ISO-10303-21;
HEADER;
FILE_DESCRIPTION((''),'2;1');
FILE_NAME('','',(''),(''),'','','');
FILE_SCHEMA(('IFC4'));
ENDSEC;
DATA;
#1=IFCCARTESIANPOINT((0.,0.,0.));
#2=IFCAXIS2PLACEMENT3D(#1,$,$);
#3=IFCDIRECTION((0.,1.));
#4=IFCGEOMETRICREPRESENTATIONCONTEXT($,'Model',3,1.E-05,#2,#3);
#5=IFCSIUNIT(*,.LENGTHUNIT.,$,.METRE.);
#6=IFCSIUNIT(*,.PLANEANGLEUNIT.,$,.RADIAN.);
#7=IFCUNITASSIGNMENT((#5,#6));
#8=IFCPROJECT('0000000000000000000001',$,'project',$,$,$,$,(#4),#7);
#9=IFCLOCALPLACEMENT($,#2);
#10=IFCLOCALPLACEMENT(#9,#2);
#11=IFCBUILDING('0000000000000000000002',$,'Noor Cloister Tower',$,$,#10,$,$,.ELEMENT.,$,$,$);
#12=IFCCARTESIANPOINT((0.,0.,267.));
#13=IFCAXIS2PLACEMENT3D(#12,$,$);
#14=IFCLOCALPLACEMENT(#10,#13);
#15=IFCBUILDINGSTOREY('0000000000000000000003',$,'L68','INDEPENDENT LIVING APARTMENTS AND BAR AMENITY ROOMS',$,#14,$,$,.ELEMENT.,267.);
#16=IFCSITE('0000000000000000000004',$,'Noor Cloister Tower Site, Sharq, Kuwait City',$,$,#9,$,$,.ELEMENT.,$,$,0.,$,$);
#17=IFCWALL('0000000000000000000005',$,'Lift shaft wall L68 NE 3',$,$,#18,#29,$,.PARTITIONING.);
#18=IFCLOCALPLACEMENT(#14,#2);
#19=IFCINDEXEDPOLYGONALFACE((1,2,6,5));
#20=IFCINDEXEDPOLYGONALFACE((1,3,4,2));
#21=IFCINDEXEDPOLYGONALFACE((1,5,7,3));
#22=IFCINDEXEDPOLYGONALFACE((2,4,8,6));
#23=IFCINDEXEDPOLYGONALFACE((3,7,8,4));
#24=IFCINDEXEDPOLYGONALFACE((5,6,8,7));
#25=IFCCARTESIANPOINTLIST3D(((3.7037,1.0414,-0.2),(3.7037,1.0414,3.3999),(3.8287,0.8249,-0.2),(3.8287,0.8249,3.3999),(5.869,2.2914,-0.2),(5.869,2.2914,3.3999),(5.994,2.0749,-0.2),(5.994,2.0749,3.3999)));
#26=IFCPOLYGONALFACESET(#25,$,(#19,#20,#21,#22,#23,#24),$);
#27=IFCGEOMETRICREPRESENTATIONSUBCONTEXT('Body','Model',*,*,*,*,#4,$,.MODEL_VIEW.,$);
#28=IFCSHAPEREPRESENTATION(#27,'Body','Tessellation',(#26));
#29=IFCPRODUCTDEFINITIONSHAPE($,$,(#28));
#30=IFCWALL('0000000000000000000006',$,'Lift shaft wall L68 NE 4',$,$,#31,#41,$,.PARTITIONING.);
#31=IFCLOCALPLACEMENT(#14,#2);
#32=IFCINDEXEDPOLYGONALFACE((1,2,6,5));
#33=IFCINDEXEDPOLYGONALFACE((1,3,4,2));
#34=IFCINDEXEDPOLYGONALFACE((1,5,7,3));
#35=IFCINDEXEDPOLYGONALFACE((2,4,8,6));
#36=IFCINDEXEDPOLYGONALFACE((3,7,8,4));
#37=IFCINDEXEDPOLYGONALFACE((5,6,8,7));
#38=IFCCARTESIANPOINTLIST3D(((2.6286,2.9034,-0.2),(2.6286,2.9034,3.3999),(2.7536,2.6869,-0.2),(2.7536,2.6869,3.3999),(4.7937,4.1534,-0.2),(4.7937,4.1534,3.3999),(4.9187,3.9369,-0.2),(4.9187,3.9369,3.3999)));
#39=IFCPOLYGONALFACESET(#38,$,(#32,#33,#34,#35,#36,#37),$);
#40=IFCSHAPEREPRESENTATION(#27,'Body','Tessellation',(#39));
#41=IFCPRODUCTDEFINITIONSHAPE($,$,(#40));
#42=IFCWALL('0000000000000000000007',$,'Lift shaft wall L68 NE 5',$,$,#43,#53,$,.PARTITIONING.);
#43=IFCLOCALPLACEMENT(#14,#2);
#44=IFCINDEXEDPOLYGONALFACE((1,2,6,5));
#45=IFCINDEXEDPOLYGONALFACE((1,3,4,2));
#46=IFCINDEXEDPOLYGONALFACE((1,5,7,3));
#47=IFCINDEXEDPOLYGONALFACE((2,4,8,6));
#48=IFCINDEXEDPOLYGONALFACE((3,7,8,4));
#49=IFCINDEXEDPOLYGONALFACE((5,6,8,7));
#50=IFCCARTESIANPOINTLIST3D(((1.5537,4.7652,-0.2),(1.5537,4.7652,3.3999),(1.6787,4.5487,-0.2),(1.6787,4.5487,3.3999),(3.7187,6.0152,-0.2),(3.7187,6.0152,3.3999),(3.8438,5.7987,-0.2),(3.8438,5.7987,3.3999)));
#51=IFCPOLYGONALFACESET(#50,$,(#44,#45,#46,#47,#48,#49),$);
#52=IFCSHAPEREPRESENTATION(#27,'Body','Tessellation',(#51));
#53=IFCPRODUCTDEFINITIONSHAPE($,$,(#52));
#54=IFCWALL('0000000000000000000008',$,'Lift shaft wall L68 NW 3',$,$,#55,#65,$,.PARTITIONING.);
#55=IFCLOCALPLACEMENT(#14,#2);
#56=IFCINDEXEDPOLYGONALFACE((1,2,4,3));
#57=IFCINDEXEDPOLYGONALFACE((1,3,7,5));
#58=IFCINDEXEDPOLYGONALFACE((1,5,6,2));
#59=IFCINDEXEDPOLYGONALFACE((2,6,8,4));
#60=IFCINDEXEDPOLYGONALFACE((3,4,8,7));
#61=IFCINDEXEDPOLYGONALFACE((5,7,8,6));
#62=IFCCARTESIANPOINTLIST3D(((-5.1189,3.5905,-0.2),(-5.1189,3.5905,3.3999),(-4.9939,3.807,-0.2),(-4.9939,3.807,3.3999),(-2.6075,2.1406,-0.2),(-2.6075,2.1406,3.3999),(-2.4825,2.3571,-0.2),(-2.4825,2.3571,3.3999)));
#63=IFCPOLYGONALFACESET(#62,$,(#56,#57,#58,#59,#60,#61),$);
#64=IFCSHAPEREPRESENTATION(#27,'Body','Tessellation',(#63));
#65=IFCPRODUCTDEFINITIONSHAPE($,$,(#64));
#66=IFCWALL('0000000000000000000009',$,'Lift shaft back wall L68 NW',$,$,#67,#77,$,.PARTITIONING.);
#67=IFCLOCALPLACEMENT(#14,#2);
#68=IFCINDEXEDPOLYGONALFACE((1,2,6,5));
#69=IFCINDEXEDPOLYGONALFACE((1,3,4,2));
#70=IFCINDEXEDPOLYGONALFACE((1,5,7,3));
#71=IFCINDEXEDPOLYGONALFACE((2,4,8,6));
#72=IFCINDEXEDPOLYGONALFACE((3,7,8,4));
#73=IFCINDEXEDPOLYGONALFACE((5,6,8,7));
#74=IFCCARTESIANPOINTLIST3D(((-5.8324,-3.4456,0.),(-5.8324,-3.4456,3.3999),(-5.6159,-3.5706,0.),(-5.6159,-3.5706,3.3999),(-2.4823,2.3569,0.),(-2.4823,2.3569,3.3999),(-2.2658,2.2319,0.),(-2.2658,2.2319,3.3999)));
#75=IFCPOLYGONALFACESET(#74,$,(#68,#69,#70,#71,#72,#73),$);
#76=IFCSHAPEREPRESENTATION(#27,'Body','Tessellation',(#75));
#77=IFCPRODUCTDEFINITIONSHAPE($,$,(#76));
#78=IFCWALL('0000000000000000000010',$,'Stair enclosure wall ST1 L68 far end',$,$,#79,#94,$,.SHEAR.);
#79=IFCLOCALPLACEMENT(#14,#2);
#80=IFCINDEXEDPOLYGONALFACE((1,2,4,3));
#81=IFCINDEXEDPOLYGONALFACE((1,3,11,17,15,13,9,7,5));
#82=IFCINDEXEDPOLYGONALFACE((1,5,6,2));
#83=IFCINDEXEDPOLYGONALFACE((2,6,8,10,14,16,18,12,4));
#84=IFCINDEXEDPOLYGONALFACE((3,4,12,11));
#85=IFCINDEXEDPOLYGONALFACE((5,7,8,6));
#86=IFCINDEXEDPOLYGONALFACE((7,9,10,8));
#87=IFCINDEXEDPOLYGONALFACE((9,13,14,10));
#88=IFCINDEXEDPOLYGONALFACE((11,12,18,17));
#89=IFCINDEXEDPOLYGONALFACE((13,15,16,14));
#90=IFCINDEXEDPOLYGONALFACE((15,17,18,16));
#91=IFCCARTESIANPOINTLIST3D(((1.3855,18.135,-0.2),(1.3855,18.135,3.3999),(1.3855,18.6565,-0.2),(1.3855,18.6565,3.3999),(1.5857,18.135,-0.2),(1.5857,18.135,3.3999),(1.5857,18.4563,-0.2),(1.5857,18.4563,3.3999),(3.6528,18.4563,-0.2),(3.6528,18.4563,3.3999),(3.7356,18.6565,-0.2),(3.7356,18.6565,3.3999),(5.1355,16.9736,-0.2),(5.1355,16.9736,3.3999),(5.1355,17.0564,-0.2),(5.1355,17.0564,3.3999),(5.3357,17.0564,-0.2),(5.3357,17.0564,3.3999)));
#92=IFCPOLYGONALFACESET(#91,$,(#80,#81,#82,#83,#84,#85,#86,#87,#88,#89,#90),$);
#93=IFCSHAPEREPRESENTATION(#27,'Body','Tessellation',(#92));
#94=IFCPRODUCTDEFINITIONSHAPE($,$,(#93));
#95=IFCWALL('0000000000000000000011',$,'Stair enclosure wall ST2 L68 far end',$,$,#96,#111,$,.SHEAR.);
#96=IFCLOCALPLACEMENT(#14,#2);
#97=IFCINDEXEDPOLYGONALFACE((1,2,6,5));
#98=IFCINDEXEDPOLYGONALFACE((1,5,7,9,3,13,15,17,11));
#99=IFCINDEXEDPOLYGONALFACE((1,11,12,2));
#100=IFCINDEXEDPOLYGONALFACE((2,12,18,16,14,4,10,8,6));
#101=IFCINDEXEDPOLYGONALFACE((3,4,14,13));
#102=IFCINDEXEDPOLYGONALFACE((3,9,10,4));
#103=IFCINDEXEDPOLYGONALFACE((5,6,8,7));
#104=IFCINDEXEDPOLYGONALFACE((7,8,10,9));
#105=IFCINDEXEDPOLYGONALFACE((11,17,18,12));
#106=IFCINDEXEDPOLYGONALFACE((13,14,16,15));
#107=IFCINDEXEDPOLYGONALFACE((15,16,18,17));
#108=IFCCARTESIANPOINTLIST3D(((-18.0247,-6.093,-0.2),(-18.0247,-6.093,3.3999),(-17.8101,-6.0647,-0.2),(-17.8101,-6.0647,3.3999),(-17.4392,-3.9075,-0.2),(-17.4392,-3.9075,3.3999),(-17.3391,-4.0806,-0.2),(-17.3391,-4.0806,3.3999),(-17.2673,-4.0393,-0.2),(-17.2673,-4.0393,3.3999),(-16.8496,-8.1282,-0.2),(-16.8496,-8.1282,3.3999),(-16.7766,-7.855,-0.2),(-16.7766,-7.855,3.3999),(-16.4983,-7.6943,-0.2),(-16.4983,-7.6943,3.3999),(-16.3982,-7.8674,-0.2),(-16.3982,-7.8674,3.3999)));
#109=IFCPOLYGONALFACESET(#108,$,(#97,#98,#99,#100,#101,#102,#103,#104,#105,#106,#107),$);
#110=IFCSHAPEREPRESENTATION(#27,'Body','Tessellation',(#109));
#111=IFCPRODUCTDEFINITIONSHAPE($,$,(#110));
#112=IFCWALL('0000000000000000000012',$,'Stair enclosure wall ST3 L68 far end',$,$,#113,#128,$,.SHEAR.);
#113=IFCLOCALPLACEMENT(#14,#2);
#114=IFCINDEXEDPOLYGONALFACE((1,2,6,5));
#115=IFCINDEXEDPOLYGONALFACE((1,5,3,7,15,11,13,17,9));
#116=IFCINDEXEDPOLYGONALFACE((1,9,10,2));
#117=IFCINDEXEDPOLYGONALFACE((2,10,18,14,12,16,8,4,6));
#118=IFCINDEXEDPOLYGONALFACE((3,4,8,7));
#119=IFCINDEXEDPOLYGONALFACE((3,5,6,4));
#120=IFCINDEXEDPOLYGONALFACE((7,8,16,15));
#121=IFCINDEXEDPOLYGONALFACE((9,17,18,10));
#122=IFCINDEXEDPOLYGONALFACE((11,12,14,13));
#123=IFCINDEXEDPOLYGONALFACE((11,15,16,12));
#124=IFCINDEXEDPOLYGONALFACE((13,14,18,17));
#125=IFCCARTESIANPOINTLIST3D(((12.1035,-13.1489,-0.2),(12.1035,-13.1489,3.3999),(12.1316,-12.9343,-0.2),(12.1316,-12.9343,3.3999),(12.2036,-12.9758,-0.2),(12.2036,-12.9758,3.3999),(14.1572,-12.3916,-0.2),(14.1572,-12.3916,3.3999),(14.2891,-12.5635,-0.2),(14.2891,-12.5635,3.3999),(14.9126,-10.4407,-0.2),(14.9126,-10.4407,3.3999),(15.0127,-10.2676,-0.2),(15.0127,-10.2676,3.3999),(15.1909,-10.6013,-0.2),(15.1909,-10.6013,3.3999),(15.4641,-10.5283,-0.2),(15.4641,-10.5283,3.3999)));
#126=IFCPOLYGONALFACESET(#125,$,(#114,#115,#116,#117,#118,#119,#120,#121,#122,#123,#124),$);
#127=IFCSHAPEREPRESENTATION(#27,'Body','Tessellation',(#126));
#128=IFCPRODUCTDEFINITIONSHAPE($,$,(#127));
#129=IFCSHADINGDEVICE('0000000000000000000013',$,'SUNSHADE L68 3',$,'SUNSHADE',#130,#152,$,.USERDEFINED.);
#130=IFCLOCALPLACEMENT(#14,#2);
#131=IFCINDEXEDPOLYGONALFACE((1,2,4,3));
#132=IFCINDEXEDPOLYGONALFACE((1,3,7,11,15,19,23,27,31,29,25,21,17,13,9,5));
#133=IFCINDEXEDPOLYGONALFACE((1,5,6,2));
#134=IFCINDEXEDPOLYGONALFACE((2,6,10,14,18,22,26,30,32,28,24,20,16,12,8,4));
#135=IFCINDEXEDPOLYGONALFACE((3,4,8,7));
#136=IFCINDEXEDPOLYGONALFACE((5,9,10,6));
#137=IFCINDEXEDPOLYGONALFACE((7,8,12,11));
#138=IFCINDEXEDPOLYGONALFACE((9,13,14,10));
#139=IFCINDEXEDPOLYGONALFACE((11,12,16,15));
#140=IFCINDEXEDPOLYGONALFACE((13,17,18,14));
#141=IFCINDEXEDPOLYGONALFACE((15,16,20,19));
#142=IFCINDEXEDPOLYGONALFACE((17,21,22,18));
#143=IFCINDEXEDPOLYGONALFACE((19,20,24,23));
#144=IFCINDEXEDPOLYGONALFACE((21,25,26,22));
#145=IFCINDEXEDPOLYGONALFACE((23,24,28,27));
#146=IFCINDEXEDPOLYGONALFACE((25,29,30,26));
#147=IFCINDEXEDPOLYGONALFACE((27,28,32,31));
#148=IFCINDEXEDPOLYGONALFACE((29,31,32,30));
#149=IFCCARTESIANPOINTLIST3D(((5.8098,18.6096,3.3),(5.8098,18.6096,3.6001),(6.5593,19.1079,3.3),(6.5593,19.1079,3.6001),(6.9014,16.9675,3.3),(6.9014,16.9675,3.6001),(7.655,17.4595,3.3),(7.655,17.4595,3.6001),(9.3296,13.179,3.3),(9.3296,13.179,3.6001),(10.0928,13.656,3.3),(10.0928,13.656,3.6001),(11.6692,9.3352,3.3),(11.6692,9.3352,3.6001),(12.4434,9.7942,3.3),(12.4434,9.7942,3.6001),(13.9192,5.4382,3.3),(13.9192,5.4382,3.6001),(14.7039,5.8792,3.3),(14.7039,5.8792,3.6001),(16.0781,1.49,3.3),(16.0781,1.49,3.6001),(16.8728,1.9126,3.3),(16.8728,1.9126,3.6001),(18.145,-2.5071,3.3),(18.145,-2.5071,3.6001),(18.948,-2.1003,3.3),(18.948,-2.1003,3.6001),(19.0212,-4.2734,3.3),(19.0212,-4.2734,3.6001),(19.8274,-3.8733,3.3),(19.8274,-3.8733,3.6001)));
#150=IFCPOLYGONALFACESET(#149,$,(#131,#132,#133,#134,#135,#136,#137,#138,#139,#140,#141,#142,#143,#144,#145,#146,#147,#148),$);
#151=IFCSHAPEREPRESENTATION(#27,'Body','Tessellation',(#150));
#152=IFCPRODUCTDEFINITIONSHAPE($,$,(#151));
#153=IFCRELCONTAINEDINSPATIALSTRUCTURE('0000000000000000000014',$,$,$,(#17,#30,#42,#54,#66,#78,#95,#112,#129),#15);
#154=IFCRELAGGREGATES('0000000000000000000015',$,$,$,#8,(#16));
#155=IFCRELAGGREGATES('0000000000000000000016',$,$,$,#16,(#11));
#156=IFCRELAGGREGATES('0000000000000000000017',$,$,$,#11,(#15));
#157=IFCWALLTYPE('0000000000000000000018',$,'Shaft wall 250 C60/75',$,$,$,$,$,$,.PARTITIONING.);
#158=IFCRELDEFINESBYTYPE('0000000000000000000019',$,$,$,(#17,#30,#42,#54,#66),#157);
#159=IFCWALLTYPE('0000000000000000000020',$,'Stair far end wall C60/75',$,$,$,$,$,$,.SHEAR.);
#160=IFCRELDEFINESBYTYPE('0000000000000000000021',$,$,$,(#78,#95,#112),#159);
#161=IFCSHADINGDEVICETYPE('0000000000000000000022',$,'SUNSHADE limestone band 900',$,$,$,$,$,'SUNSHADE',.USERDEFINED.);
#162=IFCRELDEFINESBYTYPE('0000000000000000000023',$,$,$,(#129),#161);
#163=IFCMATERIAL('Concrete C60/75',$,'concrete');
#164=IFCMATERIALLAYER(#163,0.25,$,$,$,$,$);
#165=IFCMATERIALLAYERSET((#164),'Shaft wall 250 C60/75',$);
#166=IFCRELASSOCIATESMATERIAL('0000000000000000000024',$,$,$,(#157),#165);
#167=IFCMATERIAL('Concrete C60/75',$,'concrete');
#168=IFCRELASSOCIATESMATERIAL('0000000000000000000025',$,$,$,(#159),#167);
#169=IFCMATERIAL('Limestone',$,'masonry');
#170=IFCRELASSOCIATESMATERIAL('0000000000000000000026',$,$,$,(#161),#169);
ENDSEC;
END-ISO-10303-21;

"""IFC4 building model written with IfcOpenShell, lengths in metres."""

from ifc_helpers import new_model, si_unit, direction, frame, frame_2d, origin, place, context, subcontext, project, spatial, polyline, rectangle, outline, extrude, material, layer, layer_set, type_object, element, save


model = new_model("IFC4")

# Units and contexts
model_context = context("Model", 3, precision=1e-05, world=origin(), true_north=direction((0.0, 1.0)))
body_context = subcontext(model_context, "Body", "Model", "MODEL_VIEW")
ifc_project = project(units=[si_unit("LENGTHUNIT", "METRE"), si_unit("PLANEANGLEUNIT", "RADIAN")], contexts=[model_context])

# Site, building, storey
site_placement = place(None, origin())
site = spatial("IfcSite", under=ifc_project, at=site_placement, Name="Noor Cloister Tower Site, Sharq, Kuwait City", CompositionType="ELEMENT", RefElevation=0.0)
building_placement = place(site_placement, origin())
building = spatial("IfcBuilding", under=site, at=building_placement, Name="Noor Cloister Tower", CompositionType="ELEMENT")
storey_placement = place(building_placement, frame((0.0, 0.0, 267.0)))
storey = spatial("IfcBuildingStorey", under=building, at=storey_placement, Name="L68", Description="INDEPENDENT LIVING APARTMENTS AND BAR AMENITY ROOMS", CompositionType="ELEMENT", Elevation=267.0)

# Walls
ifc_material_1 = material(Name="Concrete C60/75", Category="concrete")
ifc_layer_1 = layer(ifc_material_1, 0.25)
ifc_layer_set_1 = layer_set([ifc_layer_1], Name="Shaft wall 250 C60/75")
wall_type_1 = type_object("IfcWallType", Name="Shaft wall 250 C60/75", PredefinedType="PARTITIONING", material=ifc_layer_set_1)
wall_1_placement = place(storey_placement, frame((5.9314, 2.1831, -0.2), z_axis=(0.0, 0.0, 1.0), x_axis=(-0.866047, -0.499962, 0.0)))
element("IfcWall", 1, at=wall_1_placement, inside=storey, type_object=wall_type_1, Name="Lift shaft wall L68 NE 3", PredefinedType="PARTITIONING", context=body_context, shape_type="SweptSolid", body=[
    extrude(rectangle(XDim=2.5002, YDim=0.25, at=frame_2d((1.25, 0.0))), origin(), (0.0, 0.0, 1.0), 3.5999),
])
for number, where, z_axis, x_axis, name in (
    (2, (4.8562, 4.0452, -0.2), (0.0, 0.0, 1.0), (-0.866023, -0.500004, 0.0), "Lift shaft wall L68 NE 4"),
    (3, (3.7812, 5.907, -0.2), (0.0, 0.0, 1.0), (-0.866023, -0.500004, 0.0), "Lift shaft wall L68 NE 5"),
):
    element("IfcWall", number, at=place(storey_placement, frame(where, z_axis=z_axis, x_axis=x_axis)), inside=storey, type_object=wall_type_1, Name=name, PredefinedType="PARTITIONING", context=body_context, shape_type="SweptSolid", body=[
        extrude(rectangle(XDim=2.5, YDim=0.25, at=frame_2d((1.25, 0.0))), origin(), (0.0, 0.0, 1.0), 3.5999),
    ])
wall_2_placement = place(storey_placement, frame((-5.0564, 3.6987, -0.2), z_axis=(0.0, 0.0, 1.0), x_axis=(0.866033, -0.499987, 0.0)))
element("IfcWall", 4, at=wall_2_placement, inside=storey, type_object=wall_type_1, Name="Lift shaft wall L68 NW 3", PredefinedType="PARTITIONING", context=body_context, shape_type="SweptSolid", body=[
    extrude(rectangle(XDim=2.8999, YDim=0.25, at=frame_2d((1.45, 0.0))), origin(), (0.0, 0.0, 1.0), 3.5999),
])
wall_3_placement = place(storey_placement, frame((-2.374, 2.2944, 0.0), z_axis=(0.0, 0.0, 1.0), x_axis=(-0.500003, -0.866024, 0.0)))
element("IfcWall", 5, at=wall_3_placement, inside=storey, type_object=wall_type_1, Name="Lift shaft back wall L68 NW", PredefinedType="PARTITIONING", context=body_context, shape_type="SweptSolid", body=[
    extrude(rectangle(XDim=6.7002, YDim=0.25, at=frame_2d((3.3501, 0.0))), origin(), (0.0, 0.0, 1.0), 3.3999),
])
ifc_material_2 = material(Name="Concrete C60/75", Category="concrete")
wall_type_2 = type_object("IfcWallType", Name="Stair far end wall C60/75", PredefinedType="SHEAR", material=ifc_material_2)
wall_4_placement = place(storey_placement, frame((0.0, 0.0, -0.2)))
element("IfcWall", 6, at=wall_4_placement, inside=storey, type_object=wall_type_2, Name="Stair enclosure wall ST1 L68 far end", PredefinedType="SHEAR", context=body_context, shape_type="SweptSolid", body=[
    extrude(outline(polyline([(5.3357, 17.0564), (3.7356, 18.6565), (1.3855, 18.6565), (1.3855, 18.135), (1.5857, 18.135), (1.5857, 18.4563), (3.6528, 18.4563), (5.1355, 16.9736), (5.1355, 17.0564), (5.1355, 17.0564), (5.1355, 17.0564), (5.1355, 17.0564), (5.1355, 17.0564), (5.1355, 17.0564), (5.1355, 17.0564), (5.1355, 17.0564), (5.1355, 17.0564), (5.1355, 17.0564), (5.1355, 17.0564), (5.1355, 17.0564), (5.1355, 17.0564), (5.1355, 17.0564), (5.1355, 17.0564), (5.1355, 17.0564), (5.1355, 17.0564), (5.3357, 17.0564)])), origin(), (0.0, 0.0, 1.0), 3.5999),
])
wall_5_placement = place(storey_placement, frame((0.0, 0.0, -0.2)))
element("IfcWall", 7, at=wall_5_placement, inside=storey, type_object=wall_type_2, Name="Stair enclosure wall ST2 L68 far end", PredefinedType="SHEAR", context=body_context, shape_type="SweptSolid", body=[
    extrude(outline(polyline([(-17.4392, -3.9075), (-18.0247, -6.093), (-16.8496, -8.1282), (-16.3982, -7.8674), (-16.4983, -7.6943), (-16.4983, -7.6943), (-16.7766, -7.855), (-17.8101, -6.0647), (-17.2673, -4.0393), (-17.3391, -4.0806), (-17.3391, -4.0806), (-17.3391, -4.0806), (-17.3391, -4.0806), (-17.3391, -4.0806), (-17.3391, -4.0806), (-17.3391, -4.0806), (-17.3391, -4.0806), (-17.3391, -4.0806), (-17.3391, -4.0806), (-17.3391, -4.0806), (-17.3391, -4.0806), (-17.3391, -4.0806), (-17.3391, -4.0806), (-17.3391, -4.0806), (-17.3391, -4.0806), (-17.3391, -4.0806), (-17.4392, -3.9075)])), origin(), (0.0, 0.0, 1.0), 3.5999),
])
wall_6_placement = place(storey_placement, frame((0.0, 0.0, -0.2)))
element("IfcWall", 8, at=wall_6_placement, inside=storey, type_object=wall_type_2, Name="Stair enclosure wall ST3 L68 far end", PredefinedType="SHEAR", context=body_context, shape_type="SweptSolid", body=[
    extrude(outline(polyline([(12.1035, -13.1489), (14.2891, -12.5635), (15.4641, -10.5283), (15.0127, -10.2676), (14.9126, -10.4407), (15.1909, -10.6013), (14.1572, -12.3916), (12.1316, -12.9343), (12.2036, -12.9758), (12.2036, -12.9758), (12.2036, -12.9758), (12.2036, -12.9758), (12.2036, -12.9758), (12.2036, -12.9758), (12.2036, -12.9758), (12.2036, -12.9758), (12.2036, -12.9758), (12.2036, -12.9758), (12.2036, -12.9758), (12.2036, -12.9758), (12.2036, -12.9758), (12.2036, -12.9758), (12.2036, -12.9758), (12.2036, -12.9758), (12.2036, -12.9758), (12.1035, -13.1489)])), origin(), (0.0, 0.0, 1.0), 3.5999),
])

# Shading device
ifc_material_3 = material(Name="Limestone", Category="masonry")
shading_device_type = type_object("IfcShadingDeviceType", Name="SUNSHADE limestone band 900", ElementType="SUNSHADE", PredefinedType="USERDEFINED", material=ifc_material_3)
shading_device_placement = place(storey_placement, frame((0.0, 0.0, 3.3)))
element("IfcShadingDevice", 9, at=shading_device_placement, inside=storey, type_object=shading_device_type, Name="SUNSHADE L68 3", ObjectType="SUNSHADE", PredefinedType="USERDEFINED", context=body_context, shape_type="SweptSolid", body=[
    extrude(outline(polyline([(19.8274, -3.8733), (18.948, -2.1003), (16.8728, 1.9126), (14.7039, 5.8792), (12.4434, 9.7942), (10.0928, 13.656), (7.655, 17.4595), (6.5593, 19.1079), (5.8098, 18.6096), (6.9014, 16.9675), (9.3296, 13.179), (11.6692, 9.3352), (13.9192, 5.4382), (16.0781, 1.49), (18.145, -2.5071), (19.0212, -4.2734), (19.8274, -3.8733)])), origin(), (0.0, 0.0, 1.0), 0.3),
])

save(model, "model.ifc")
